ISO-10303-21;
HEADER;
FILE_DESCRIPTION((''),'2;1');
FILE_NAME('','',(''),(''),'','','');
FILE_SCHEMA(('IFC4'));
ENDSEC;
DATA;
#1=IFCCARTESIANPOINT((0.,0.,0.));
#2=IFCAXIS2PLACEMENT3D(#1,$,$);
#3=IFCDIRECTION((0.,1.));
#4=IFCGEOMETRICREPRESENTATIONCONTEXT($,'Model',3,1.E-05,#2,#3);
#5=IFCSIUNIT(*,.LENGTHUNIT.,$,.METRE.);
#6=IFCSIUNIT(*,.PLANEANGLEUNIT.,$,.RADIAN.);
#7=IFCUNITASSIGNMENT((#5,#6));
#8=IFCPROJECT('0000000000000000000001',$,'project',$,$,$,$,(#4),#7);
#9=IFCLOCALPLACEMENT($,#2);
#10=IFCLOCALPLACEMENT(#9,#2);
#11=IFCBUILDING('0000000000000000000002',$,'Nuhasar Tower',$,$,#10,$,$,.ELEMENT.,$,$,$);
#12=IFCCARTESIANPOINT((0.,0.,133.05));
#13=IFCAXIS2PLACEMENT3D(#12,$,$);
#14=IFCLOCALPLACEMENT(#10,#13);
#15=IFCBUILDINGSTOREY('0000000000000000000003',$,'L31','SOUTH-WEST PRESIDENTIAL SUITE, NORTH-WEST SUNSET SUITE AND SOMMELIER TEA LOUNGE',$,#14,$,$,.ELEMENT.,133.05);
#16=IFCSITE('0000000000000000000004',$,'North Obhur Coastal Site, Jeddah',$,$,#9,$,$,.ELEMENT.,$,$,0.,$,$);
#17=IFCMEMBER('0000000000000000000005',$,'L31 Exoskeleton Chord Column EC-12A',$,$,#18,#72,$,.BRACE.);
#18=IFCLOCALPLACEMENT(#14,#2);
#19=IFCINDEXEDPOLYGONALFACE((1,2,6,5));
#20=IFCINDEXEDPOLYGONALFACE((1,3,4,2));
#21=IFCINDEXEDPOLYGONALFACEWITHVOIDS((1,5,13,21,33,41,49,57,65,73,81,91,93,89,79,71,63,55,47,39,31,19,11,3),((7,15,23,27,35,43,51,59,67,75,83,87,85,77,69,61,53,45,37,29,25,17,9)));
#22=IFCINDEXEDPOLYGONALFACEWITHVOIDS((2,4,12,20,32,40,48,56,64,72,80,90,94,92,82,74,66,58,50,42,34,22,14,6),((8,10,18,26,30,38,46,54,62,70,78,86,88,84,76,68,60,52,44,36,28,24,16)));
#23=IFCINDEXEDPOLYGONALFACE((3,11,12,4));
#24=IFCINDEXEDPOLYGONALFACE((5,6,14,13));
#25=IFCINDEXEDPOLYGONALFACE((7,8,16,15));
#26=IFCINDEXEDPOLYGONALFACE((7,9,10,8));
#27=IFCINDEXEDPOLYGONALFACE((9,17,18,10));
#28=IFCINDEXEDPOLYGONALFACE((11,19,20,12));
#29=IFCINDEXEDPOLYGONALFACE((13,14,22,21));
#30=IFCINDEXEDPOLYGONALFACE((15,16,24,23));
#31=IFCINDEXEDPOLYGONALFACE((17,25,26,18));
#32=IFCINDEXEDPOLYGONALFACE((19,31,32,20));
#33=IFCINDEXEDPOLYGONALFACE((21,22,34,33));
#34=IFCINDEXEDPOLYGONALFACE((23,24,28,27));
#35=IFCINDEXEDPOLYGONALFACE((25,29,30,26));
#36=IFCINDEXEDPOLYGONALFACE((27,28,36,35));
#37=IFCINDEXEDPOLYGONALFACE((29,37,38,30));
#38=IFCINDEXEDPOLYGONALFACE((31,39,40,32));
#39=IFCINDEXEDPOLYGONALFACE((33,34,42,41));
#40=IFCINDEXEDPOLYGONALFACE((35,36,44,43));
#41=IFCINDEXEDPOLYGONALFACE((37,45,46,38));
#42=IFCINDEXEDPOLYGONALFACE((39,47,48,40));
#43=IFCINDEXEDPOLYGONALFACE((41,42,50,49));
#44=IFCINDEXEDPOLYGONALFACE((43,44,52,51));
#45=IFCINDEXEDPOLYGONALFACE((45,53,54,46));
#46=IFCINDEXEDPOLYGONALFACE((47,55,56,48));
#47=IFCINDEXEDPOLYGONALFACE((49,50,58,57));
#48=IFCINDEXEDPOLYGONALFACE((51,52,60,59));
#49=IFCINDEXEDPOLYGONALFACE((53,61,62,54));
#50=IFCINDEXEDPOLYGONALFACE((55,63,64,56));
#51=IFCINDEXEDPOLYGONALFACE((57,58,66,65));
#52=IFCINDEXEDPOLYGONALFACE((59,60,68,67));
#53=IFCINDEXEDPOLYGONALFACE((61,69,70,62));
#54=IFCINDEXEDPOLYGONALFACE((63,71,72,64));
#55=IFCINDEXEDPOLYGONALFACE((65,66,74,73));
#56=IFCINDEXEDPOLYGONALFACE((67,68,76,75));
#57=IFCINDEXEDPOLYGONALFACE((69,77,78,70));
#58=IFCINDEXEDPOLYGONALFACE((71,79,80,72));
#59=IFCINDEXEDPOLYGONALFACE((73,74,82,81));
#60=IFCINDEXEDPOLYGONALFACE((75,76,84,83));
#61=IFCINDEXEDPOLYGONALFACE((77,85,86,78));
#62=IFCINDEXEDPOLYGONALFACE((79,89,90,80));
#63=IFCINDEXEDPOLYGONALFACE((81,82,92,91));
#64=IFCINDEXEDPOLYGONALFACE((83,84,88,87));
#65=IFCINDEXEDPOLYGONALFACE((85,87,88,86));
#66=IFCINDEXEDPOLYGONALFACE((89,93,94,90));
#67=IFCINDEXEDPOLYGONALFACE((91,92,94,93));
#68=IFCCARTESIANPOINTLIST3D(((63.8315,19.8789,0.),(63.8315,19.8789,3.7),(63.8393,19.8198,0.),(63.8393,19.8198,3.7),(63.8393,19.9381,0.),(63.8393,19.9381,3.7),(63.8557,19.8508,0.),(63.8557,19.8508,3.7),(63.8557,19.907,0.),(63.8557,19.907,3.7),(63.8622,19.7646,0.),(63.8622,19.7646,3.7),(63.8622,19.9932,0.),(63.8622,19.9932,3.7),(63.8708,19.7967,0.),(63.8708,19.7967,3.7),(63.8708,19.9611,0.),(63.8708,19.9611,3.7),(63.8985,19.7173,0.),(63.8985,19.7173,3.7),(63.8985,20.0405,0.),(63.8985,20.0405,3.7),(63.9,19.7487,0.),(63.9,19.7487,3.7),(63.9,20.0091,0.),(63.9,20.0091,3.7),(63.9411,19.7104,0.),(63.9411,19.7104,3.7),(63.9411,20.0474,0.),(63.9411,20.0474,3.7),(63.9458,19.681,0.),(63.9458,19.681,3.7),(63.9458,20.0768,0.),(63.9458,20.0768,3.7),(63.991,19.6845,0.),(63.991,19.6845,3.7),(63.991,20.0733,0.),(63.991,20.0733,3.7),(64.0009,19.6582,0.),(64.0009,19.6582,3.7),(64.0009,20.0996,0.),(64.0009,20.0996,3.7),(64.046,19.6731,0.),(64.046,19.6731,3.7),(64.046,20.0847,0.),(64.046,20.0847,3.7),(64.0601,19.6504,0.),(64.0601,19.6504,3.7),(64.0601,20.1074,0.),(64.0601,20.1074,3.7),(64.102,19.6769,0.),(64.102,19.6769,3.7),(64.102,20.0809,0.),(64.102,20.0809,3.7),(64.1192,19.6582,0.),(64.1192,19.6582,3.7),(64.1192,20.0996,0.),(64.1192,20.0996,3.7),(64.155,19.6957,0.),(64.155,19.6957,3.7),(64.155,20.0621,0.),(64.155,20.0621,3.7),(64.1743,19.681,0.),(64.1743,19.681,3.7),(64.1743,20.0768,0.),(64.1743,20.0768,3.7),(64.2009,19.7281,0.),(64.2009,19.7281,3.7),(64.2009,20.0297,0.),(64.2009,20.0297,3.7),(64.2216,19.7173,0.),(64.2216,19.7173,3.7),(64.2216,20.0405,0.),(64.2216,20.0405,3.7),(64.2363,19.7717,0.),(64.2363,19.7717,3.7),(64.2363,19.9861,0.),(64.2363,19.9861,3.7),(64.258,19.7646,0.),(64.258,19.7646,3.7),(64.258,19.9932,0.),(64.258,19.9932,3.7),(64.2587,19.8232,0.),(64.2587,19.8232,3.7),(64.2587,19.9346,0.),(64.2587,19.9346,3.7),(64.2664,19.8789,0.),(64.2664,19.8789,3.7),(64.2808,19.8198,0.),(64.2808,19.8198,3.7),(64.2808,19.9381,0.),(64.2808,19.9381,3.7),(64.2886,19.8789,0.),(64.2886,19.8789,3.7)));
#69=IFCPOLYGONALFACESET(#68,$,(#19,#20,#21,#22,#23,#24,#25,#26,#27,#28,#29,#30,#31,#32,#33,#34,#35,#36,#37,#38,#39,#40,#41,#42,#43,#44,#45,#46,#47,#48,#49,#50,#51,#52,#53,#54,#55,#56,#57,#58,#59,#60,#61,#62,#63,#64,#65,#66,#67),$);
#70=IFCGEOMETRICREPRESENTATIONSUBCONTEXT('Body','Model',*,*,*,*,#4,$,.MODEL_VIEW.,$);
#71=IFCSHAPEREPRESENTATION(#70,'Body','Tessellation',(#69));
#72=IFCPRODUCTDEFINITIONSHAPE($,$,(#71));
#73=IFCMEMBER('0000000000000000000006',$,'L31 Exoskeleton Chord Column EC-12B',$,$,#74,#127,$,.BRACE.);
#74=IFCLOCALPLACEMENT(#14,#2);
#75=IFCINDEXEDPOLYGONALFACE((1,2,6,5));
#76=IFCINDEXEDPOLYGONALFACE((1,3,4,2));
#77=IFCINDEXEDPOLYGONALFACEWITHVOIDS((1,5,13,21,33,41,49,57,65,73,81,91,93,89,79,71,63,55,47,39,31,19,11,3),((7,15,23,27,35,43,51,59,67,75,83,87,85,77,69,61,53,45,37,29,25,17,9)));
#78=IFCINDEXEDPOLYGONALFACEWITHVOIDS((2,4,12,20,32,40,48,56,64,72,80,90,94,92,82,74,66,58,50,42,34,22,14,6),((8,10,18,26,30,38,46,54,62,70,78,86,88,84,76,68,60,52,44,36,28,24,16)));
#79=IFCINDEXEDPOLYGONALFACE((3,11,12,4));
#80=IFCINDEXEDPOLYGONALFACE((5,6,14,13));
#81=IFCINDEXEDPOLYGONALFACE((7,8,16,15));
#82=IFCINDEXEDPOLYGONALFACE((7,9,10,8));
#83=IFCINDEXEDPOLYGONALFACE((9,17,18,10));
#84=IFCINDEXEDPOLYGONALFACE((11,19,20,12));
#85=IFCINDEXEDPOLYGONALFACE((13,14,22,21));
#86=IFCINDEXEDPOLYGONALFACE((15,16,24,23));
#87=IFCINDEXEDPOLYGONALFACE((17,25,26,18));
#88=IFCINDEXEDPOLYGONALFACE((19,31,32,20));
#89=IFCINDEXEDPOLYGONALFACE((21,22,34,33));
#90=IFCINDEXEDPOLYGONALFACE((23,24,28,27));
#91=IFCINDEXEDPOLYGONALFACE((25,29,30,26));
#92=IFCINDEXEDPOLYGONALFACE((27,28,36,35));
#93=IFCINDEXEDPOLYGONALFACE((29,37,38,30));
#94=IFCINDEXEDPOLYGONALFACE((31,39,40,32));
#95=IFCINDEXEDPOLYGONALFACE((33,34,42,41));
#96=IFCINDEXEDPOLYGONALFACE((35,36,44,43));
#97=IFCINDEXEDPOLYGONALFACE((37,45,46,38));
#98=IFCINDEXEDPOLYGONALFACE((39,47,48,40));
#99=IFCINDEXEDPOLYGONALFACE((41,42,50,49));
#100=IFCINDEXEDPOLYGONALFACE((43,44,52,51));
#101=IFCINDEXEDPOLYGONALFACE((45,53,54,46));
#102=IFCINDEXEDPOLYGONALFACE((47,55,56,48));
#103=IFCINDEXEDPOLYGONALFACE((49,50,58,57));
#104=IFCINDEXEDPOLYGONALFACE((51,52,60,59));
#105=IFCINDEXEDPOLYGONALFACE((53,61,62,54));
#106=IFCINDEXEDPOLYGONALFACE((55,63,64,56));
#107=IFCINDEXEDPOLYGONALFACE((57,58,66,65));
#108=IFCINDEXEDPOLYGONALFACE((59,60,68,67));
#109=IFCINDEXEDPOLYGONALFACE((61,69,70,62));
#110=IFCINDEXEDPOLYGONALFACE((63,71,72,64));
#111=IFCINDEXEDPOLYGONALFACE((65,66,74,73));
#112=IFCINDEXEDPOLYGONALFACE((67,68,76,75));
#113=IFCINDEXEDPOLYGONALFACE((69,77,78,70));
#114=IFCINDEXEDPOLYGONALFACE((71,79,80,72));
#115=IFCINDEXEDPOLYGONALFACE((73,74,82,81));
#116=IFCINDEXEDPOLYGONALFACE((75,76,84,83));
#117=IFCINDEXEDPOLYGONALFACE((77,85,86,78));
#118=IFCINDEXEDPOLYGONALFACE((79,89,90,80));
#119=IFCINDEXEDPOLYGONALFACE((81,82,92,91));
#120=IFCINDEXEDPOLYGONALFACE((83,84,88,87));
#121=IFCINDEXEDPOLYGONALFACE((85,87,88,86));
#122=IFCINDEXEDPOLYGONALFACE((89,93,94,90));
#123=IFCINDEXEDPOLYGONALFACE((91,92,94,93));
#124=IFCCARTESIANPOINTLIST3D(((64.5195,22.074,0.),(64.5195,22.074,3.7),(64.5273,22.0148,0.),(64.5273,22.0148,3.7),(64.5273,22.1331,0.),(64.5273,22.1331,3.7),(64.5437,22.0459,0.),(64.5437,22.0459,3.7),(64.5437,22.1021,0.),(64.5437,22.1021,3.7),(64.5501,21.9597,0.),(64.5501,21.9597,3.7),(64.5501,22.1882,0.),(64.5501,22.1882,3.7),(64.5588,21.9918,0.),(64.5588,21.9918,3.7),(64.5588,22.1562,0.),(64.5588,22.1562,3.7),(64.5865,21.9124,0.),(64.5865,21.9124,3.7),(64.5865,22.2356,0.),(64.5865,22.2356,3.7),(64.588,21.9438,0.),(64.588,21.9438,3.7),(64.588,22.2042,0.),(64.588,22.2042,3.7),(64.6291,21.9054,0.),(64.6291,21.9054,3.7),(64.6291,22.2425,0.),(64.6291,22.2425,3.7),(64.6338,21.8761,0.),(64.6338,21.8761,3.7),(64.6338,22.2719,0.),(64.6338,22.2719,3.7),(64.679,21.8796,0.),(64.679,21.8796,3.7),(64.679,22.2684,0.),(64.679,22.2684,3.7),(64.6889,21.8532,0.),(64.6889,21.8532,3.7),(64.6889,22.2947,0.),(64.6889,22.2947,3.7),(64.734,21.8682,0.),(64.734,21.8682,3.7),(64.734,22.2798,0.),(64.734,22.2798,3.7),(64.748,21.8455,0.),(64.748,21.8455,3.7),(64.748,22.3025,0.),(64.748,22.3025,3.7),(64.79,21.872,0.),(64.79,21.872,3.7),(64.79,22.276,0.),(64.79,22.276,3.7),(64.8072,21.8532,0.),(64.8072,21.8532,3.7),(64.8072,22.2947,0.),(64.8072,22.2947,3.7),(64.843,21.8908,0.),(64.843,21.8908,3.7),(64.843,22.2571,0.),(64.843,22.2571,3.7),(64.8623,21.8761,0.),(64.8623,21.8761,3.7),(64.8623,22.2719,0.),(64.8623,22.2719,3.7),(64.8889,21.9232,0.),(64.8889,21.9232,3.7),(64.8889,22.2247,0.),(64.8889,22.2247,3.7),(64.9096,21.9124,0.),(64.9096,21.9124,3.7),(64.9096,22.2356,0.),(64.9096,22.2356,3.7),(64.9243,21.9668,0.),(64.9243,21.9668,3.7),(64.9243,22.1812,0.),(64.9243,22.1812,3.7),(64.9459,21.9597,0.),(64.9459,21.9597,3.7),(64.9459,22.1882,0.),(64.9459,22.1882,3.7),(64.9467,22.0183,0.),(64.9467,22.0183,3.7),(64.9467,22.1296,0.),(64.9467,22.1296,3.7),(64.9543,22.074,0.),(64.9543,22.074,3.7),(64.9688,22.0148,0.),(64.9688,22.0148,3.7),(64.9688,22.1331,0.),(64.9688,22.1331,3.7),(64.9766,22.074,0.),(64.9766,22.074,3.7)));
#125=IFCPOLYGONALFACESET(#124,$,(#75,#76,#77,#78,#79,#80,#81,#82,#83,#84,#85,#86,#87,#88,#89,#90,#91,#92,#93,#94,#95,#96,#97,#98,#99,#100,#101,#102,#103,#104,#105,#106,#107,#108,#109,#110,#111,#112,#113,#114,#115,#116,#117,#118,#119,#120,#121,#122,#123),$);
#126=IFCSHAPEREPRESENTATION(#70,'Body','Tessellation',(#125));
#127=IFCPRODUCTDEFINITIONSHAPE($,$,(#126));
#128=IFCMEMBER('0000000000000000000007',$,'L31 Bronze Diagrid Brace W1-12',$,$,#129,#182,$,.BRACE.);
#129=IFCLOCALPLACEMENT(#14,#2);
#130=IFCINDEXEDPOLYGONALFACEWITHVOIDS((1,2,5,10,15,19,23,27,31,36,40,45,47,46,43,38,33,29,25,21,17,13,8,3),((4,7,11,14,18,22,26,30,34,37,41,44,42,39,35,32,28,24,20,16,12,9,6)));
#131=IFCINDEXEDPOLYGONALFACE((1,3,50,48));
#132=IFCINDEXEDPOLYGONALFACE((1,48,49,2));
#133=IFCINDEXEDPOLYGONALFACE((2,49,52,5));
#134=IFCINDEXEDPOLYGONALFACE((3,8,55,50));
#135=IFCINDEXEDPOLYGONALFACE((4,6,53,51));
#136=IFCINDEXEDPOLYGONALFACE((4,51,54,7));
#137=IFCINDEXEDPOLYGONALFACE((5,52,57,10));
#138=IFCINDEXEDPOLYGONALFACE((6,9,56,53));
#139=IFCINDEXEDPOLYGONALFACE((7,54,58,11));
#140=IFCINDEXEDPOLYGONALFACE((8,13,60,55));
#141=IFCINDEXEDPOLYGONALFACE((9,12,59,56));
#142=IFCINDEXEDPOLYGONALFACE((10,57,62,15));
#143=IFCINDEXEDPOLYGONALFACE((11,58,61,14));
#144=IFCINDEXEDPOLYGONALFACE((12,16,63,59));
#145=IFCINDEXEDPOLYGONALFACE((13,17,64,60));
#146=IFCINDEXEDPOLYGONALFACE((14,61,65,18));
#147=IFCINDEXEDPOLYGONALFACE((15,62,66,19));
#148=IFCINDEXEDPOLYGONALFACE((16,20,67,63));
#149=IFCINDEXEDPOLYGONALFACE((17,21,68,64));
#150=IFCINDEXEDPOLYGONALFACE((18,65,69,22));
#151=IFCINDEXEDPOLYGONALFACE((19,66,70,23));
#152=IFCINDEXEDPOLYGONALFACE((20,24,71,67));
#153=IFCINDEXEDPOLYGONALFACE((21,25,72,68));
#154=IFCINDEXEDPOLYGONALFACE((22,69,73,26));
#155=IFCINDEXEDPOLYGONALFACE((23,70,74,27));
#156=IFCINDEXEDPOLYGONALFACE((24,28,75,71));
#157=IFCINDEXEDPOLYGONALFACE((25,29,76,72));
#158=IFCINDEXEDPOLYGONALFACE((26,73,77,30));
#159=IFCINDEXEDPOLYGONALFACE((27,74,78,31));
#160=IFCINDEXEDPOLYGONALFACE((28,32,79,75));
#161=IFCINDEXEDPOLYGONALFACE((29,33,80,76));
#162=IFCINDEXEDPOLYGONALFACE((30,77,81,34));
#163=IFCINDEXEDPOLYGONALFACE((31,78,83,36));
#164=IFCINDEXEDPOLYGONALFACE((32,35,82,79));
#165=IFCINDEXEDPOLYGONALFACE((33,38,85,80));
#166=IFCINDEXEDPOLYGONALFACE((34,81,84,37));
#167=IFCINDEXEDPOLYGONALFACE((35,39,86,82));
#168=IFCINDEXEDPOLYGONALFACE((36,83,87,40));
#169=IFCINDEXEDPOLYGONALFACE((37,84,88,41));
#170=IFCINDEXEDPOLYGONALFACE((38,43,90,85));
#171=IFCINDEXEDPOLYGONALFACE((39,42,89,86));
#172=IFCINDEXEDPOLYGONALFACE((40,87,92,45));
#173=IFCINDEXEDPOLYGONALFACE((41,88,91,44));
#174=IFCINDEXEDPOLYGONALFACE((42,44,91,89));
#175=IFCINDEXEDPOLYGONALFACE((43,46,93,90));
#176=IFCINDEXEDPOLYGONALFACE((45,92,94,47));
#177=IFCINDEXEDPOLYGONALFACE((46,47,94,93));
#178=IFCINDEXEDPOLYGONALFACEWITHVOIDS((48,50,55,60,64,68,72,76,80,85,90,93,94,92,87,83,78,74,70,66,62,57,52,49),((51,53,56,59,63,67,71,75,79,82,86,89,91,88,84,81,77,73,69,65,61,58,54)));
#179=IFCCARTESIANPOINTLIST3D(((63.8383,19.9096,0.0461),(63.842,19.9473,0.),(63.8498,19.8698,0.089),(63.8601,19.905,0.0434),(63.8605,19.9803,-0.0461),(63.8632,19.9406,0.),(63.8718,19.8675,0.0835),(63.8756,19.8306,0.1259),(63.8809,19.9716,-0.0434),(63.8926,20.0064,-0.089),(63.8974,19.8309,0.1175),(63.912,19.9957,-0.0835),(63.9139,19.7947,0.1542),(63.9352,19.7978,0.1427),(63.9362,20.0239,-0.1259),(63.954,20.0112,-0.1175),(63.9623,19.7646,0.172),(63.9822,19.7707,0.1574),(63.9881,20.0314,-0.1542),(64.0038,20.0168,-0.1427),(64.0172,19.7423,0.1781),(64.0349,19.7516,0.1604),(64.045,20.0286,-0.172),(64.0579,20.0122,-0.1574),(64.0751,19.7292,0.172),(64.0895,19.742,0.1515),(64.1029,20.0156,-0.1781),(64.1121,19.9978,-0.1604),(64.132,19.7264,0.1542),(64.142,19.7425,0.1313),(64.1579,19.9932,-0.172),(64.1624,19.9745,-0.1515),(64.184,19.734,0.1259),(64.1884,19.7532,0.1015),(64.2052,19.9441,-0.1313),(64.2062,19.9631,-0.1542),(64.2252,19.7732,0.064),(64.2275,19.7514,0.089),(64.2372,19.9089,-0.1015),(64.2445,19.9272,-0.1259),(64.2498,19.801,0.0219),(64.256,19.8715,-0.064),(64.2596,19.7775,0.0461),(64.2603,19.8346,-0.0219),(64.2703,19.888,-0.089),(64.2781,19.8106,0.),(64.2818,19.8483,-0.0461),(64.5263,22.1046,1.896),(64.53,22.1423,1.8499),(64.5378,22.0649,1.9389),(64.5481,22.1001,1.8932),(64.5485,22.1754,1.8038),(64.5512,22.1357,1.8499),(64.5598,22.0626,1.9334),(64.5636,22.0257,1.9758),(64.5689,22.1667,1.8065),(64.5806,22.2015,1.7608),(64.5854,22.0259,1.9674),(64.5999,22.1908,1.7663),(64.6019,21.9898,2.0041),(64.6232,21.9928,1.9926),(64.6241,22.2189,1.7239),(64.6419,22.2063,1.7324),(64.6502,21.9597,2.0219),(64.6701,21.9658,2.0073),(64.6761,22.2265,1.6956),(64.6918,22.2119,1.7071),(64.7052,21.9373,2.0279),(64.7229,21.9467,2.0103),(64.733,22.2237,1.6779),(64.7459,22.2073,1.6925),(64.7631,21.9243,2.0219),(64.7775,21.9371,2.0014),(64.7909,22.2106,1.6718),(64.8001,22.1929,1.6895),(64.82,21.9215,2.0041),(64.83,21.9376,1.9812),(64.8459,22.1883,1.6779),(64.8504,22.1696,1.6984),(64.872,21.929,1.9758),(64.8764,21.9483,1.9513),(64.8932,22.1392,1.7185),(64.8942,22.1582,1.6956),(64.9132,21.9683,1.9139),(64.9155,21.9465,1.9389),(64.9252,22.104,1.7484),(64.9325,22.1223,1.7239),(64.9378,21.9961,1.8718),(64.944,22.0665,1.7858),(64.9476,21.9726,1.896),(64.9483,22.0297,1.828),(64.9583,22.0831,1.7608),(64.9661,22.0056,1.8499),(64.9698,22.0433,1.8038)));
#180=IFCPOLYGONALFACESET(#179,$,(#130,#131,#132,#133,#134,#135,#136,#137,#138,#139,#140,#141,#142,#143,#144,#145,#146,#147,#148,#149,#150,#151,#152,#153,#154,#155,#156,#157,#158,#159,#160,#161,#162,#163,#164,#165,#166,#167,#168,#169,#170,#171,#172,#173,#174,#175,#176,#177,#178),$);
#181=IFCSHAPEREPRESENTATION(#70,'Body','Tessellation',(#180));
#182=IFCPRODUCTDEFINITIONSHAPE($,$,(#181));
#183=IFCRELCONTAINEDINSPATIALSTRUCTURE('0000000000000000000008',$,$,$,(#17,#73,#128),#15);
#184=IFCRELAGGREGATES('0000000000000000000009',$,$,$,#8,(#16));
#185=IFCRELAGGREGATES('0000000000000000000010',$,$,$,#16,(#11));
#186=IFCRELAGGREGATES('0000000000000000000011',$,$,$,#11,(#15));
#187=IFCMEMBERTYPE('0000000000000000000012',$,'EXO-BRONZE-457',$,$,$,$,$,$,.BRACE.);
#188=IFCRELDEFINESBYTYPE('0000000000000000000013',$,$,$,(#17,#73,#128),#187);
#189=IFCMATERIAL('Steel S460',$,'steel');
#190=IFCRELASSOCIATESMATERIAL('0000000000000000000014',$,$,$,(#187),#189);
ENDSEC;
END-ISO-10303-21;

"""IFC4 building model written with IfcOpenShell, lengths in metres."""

from ifc_helpers import new_model, si_unit, direction, frame, origin, origin_2d, place, context, subcontext, project, spatial, hollow_circle, extrude, material, material_profile, profile_set, type_object, element, save


model = new_model("IFC4")

# Units and contexts
model_context = context("Model", 3, precision=1e-05, world=origin(), true_north=direction((0.0, 1.0)))
body_context = subcontext(model_context, "Body", "Model", "MODEL_VIEW")
ifc_project = project(units=[si_unit("LENGTHUNIT", "METRE"), si_unit("PLANEANGLEUNIT", "RADIAN")], contexts=[model_context])

# Site, building, storey
site_placement = place(None, origin())
site = spatial("IfcSite", under=ifc_project, at=site_placement, Name="North Obhur Coastal Site, Jeddah", CompositionType="ELEMENT", RefElevation=0.0)
building_placement = place(site_placement, origin())
building = spatial("IfcBuilding", under=site, at=building_placement, Name="Nuhasar Tower", CompositionType="ELEMENT")
storey_placement = place(building_placement, frame((0.0, 0.0, 133.05)))
storey = spatial("IfcBuildingStorey", under=building, at=storey_placement, Name="L31", Description="SOUTH-WEST PRESIDENTIAL SUITE, NORTH-WEST SUNSET SUITE AND SOMMELIER TEA LOUNGE", CompositionType="ELEMENT", Elevation=133.05)

# Members
ifc_material_1 = material(Name="Steel S460", Category="steel")
ifc_material_profile_1 = material_profile(ifc_material_1, hollow_circle(Radius=0.2285, WallThickness=0.0222, at=origin_2d()), Name="HSS457X22.2")
ifc_profile_set_1 = profile_set([ifc_material_profile_1], Name="Steel S460")
member_type = type_object("IfcMemberType", Name="EXO-BRONZE-457", PredefinedType="BRACE", material=ifc_profile_set_1)
for number, where, z_axis, x_axis, name in (
    (1, (64.0601, 19.8789, 0.0), (0.0, 0.0, 1.0), (1.0, 0.0, 0.0), "L31 Exoskeleton Chord Column EC-12A"),
    (2, (64.748, 22.074, 0.0), (0.0, 0.0, 1.0), (1.0, 0.0, 0.0), "L31 Exoskeleton Chord Column EC-12B"),
):
    element("IfcMember", number, at=place(storey_placement, frame(where, z_axis=z_axis, x_axis=x_axis)), inside=storey, type_object=member_type, Name=name, PredefinedType="BRACE", context=body_context, shape_type="SweptSolid", body=[
        extrude(hollow_circle(Radius=0.2285, WallThickness=0.0222, at=origin_2d()), origin(), (0.0, 0.0, 1.0), 3.7),
    ])
member_1_placement = place(storey_placement, frame((64.0601, 19.8789, 0.0), z_axis=(0.233068, 0.743616, 0.626669), x_axis=(-0.954228, 0.299079, 0.0)))
element("IfcMember", 3, at=member_1_placement, inside=storey, type_object=member_type, Name="L31 Bronze Diagrid Brace W1-12", PredefinedType="BRACE", context=body_context, shape_type="SweptSolid", body=[
    extrude(hollow_circle(Radius=0.2285, WallThickness=0.0222, at=origin_2d()), origin(), (0.0, 0.0, 1.0), 2.9519),
])

save(model, "model.ifc")
